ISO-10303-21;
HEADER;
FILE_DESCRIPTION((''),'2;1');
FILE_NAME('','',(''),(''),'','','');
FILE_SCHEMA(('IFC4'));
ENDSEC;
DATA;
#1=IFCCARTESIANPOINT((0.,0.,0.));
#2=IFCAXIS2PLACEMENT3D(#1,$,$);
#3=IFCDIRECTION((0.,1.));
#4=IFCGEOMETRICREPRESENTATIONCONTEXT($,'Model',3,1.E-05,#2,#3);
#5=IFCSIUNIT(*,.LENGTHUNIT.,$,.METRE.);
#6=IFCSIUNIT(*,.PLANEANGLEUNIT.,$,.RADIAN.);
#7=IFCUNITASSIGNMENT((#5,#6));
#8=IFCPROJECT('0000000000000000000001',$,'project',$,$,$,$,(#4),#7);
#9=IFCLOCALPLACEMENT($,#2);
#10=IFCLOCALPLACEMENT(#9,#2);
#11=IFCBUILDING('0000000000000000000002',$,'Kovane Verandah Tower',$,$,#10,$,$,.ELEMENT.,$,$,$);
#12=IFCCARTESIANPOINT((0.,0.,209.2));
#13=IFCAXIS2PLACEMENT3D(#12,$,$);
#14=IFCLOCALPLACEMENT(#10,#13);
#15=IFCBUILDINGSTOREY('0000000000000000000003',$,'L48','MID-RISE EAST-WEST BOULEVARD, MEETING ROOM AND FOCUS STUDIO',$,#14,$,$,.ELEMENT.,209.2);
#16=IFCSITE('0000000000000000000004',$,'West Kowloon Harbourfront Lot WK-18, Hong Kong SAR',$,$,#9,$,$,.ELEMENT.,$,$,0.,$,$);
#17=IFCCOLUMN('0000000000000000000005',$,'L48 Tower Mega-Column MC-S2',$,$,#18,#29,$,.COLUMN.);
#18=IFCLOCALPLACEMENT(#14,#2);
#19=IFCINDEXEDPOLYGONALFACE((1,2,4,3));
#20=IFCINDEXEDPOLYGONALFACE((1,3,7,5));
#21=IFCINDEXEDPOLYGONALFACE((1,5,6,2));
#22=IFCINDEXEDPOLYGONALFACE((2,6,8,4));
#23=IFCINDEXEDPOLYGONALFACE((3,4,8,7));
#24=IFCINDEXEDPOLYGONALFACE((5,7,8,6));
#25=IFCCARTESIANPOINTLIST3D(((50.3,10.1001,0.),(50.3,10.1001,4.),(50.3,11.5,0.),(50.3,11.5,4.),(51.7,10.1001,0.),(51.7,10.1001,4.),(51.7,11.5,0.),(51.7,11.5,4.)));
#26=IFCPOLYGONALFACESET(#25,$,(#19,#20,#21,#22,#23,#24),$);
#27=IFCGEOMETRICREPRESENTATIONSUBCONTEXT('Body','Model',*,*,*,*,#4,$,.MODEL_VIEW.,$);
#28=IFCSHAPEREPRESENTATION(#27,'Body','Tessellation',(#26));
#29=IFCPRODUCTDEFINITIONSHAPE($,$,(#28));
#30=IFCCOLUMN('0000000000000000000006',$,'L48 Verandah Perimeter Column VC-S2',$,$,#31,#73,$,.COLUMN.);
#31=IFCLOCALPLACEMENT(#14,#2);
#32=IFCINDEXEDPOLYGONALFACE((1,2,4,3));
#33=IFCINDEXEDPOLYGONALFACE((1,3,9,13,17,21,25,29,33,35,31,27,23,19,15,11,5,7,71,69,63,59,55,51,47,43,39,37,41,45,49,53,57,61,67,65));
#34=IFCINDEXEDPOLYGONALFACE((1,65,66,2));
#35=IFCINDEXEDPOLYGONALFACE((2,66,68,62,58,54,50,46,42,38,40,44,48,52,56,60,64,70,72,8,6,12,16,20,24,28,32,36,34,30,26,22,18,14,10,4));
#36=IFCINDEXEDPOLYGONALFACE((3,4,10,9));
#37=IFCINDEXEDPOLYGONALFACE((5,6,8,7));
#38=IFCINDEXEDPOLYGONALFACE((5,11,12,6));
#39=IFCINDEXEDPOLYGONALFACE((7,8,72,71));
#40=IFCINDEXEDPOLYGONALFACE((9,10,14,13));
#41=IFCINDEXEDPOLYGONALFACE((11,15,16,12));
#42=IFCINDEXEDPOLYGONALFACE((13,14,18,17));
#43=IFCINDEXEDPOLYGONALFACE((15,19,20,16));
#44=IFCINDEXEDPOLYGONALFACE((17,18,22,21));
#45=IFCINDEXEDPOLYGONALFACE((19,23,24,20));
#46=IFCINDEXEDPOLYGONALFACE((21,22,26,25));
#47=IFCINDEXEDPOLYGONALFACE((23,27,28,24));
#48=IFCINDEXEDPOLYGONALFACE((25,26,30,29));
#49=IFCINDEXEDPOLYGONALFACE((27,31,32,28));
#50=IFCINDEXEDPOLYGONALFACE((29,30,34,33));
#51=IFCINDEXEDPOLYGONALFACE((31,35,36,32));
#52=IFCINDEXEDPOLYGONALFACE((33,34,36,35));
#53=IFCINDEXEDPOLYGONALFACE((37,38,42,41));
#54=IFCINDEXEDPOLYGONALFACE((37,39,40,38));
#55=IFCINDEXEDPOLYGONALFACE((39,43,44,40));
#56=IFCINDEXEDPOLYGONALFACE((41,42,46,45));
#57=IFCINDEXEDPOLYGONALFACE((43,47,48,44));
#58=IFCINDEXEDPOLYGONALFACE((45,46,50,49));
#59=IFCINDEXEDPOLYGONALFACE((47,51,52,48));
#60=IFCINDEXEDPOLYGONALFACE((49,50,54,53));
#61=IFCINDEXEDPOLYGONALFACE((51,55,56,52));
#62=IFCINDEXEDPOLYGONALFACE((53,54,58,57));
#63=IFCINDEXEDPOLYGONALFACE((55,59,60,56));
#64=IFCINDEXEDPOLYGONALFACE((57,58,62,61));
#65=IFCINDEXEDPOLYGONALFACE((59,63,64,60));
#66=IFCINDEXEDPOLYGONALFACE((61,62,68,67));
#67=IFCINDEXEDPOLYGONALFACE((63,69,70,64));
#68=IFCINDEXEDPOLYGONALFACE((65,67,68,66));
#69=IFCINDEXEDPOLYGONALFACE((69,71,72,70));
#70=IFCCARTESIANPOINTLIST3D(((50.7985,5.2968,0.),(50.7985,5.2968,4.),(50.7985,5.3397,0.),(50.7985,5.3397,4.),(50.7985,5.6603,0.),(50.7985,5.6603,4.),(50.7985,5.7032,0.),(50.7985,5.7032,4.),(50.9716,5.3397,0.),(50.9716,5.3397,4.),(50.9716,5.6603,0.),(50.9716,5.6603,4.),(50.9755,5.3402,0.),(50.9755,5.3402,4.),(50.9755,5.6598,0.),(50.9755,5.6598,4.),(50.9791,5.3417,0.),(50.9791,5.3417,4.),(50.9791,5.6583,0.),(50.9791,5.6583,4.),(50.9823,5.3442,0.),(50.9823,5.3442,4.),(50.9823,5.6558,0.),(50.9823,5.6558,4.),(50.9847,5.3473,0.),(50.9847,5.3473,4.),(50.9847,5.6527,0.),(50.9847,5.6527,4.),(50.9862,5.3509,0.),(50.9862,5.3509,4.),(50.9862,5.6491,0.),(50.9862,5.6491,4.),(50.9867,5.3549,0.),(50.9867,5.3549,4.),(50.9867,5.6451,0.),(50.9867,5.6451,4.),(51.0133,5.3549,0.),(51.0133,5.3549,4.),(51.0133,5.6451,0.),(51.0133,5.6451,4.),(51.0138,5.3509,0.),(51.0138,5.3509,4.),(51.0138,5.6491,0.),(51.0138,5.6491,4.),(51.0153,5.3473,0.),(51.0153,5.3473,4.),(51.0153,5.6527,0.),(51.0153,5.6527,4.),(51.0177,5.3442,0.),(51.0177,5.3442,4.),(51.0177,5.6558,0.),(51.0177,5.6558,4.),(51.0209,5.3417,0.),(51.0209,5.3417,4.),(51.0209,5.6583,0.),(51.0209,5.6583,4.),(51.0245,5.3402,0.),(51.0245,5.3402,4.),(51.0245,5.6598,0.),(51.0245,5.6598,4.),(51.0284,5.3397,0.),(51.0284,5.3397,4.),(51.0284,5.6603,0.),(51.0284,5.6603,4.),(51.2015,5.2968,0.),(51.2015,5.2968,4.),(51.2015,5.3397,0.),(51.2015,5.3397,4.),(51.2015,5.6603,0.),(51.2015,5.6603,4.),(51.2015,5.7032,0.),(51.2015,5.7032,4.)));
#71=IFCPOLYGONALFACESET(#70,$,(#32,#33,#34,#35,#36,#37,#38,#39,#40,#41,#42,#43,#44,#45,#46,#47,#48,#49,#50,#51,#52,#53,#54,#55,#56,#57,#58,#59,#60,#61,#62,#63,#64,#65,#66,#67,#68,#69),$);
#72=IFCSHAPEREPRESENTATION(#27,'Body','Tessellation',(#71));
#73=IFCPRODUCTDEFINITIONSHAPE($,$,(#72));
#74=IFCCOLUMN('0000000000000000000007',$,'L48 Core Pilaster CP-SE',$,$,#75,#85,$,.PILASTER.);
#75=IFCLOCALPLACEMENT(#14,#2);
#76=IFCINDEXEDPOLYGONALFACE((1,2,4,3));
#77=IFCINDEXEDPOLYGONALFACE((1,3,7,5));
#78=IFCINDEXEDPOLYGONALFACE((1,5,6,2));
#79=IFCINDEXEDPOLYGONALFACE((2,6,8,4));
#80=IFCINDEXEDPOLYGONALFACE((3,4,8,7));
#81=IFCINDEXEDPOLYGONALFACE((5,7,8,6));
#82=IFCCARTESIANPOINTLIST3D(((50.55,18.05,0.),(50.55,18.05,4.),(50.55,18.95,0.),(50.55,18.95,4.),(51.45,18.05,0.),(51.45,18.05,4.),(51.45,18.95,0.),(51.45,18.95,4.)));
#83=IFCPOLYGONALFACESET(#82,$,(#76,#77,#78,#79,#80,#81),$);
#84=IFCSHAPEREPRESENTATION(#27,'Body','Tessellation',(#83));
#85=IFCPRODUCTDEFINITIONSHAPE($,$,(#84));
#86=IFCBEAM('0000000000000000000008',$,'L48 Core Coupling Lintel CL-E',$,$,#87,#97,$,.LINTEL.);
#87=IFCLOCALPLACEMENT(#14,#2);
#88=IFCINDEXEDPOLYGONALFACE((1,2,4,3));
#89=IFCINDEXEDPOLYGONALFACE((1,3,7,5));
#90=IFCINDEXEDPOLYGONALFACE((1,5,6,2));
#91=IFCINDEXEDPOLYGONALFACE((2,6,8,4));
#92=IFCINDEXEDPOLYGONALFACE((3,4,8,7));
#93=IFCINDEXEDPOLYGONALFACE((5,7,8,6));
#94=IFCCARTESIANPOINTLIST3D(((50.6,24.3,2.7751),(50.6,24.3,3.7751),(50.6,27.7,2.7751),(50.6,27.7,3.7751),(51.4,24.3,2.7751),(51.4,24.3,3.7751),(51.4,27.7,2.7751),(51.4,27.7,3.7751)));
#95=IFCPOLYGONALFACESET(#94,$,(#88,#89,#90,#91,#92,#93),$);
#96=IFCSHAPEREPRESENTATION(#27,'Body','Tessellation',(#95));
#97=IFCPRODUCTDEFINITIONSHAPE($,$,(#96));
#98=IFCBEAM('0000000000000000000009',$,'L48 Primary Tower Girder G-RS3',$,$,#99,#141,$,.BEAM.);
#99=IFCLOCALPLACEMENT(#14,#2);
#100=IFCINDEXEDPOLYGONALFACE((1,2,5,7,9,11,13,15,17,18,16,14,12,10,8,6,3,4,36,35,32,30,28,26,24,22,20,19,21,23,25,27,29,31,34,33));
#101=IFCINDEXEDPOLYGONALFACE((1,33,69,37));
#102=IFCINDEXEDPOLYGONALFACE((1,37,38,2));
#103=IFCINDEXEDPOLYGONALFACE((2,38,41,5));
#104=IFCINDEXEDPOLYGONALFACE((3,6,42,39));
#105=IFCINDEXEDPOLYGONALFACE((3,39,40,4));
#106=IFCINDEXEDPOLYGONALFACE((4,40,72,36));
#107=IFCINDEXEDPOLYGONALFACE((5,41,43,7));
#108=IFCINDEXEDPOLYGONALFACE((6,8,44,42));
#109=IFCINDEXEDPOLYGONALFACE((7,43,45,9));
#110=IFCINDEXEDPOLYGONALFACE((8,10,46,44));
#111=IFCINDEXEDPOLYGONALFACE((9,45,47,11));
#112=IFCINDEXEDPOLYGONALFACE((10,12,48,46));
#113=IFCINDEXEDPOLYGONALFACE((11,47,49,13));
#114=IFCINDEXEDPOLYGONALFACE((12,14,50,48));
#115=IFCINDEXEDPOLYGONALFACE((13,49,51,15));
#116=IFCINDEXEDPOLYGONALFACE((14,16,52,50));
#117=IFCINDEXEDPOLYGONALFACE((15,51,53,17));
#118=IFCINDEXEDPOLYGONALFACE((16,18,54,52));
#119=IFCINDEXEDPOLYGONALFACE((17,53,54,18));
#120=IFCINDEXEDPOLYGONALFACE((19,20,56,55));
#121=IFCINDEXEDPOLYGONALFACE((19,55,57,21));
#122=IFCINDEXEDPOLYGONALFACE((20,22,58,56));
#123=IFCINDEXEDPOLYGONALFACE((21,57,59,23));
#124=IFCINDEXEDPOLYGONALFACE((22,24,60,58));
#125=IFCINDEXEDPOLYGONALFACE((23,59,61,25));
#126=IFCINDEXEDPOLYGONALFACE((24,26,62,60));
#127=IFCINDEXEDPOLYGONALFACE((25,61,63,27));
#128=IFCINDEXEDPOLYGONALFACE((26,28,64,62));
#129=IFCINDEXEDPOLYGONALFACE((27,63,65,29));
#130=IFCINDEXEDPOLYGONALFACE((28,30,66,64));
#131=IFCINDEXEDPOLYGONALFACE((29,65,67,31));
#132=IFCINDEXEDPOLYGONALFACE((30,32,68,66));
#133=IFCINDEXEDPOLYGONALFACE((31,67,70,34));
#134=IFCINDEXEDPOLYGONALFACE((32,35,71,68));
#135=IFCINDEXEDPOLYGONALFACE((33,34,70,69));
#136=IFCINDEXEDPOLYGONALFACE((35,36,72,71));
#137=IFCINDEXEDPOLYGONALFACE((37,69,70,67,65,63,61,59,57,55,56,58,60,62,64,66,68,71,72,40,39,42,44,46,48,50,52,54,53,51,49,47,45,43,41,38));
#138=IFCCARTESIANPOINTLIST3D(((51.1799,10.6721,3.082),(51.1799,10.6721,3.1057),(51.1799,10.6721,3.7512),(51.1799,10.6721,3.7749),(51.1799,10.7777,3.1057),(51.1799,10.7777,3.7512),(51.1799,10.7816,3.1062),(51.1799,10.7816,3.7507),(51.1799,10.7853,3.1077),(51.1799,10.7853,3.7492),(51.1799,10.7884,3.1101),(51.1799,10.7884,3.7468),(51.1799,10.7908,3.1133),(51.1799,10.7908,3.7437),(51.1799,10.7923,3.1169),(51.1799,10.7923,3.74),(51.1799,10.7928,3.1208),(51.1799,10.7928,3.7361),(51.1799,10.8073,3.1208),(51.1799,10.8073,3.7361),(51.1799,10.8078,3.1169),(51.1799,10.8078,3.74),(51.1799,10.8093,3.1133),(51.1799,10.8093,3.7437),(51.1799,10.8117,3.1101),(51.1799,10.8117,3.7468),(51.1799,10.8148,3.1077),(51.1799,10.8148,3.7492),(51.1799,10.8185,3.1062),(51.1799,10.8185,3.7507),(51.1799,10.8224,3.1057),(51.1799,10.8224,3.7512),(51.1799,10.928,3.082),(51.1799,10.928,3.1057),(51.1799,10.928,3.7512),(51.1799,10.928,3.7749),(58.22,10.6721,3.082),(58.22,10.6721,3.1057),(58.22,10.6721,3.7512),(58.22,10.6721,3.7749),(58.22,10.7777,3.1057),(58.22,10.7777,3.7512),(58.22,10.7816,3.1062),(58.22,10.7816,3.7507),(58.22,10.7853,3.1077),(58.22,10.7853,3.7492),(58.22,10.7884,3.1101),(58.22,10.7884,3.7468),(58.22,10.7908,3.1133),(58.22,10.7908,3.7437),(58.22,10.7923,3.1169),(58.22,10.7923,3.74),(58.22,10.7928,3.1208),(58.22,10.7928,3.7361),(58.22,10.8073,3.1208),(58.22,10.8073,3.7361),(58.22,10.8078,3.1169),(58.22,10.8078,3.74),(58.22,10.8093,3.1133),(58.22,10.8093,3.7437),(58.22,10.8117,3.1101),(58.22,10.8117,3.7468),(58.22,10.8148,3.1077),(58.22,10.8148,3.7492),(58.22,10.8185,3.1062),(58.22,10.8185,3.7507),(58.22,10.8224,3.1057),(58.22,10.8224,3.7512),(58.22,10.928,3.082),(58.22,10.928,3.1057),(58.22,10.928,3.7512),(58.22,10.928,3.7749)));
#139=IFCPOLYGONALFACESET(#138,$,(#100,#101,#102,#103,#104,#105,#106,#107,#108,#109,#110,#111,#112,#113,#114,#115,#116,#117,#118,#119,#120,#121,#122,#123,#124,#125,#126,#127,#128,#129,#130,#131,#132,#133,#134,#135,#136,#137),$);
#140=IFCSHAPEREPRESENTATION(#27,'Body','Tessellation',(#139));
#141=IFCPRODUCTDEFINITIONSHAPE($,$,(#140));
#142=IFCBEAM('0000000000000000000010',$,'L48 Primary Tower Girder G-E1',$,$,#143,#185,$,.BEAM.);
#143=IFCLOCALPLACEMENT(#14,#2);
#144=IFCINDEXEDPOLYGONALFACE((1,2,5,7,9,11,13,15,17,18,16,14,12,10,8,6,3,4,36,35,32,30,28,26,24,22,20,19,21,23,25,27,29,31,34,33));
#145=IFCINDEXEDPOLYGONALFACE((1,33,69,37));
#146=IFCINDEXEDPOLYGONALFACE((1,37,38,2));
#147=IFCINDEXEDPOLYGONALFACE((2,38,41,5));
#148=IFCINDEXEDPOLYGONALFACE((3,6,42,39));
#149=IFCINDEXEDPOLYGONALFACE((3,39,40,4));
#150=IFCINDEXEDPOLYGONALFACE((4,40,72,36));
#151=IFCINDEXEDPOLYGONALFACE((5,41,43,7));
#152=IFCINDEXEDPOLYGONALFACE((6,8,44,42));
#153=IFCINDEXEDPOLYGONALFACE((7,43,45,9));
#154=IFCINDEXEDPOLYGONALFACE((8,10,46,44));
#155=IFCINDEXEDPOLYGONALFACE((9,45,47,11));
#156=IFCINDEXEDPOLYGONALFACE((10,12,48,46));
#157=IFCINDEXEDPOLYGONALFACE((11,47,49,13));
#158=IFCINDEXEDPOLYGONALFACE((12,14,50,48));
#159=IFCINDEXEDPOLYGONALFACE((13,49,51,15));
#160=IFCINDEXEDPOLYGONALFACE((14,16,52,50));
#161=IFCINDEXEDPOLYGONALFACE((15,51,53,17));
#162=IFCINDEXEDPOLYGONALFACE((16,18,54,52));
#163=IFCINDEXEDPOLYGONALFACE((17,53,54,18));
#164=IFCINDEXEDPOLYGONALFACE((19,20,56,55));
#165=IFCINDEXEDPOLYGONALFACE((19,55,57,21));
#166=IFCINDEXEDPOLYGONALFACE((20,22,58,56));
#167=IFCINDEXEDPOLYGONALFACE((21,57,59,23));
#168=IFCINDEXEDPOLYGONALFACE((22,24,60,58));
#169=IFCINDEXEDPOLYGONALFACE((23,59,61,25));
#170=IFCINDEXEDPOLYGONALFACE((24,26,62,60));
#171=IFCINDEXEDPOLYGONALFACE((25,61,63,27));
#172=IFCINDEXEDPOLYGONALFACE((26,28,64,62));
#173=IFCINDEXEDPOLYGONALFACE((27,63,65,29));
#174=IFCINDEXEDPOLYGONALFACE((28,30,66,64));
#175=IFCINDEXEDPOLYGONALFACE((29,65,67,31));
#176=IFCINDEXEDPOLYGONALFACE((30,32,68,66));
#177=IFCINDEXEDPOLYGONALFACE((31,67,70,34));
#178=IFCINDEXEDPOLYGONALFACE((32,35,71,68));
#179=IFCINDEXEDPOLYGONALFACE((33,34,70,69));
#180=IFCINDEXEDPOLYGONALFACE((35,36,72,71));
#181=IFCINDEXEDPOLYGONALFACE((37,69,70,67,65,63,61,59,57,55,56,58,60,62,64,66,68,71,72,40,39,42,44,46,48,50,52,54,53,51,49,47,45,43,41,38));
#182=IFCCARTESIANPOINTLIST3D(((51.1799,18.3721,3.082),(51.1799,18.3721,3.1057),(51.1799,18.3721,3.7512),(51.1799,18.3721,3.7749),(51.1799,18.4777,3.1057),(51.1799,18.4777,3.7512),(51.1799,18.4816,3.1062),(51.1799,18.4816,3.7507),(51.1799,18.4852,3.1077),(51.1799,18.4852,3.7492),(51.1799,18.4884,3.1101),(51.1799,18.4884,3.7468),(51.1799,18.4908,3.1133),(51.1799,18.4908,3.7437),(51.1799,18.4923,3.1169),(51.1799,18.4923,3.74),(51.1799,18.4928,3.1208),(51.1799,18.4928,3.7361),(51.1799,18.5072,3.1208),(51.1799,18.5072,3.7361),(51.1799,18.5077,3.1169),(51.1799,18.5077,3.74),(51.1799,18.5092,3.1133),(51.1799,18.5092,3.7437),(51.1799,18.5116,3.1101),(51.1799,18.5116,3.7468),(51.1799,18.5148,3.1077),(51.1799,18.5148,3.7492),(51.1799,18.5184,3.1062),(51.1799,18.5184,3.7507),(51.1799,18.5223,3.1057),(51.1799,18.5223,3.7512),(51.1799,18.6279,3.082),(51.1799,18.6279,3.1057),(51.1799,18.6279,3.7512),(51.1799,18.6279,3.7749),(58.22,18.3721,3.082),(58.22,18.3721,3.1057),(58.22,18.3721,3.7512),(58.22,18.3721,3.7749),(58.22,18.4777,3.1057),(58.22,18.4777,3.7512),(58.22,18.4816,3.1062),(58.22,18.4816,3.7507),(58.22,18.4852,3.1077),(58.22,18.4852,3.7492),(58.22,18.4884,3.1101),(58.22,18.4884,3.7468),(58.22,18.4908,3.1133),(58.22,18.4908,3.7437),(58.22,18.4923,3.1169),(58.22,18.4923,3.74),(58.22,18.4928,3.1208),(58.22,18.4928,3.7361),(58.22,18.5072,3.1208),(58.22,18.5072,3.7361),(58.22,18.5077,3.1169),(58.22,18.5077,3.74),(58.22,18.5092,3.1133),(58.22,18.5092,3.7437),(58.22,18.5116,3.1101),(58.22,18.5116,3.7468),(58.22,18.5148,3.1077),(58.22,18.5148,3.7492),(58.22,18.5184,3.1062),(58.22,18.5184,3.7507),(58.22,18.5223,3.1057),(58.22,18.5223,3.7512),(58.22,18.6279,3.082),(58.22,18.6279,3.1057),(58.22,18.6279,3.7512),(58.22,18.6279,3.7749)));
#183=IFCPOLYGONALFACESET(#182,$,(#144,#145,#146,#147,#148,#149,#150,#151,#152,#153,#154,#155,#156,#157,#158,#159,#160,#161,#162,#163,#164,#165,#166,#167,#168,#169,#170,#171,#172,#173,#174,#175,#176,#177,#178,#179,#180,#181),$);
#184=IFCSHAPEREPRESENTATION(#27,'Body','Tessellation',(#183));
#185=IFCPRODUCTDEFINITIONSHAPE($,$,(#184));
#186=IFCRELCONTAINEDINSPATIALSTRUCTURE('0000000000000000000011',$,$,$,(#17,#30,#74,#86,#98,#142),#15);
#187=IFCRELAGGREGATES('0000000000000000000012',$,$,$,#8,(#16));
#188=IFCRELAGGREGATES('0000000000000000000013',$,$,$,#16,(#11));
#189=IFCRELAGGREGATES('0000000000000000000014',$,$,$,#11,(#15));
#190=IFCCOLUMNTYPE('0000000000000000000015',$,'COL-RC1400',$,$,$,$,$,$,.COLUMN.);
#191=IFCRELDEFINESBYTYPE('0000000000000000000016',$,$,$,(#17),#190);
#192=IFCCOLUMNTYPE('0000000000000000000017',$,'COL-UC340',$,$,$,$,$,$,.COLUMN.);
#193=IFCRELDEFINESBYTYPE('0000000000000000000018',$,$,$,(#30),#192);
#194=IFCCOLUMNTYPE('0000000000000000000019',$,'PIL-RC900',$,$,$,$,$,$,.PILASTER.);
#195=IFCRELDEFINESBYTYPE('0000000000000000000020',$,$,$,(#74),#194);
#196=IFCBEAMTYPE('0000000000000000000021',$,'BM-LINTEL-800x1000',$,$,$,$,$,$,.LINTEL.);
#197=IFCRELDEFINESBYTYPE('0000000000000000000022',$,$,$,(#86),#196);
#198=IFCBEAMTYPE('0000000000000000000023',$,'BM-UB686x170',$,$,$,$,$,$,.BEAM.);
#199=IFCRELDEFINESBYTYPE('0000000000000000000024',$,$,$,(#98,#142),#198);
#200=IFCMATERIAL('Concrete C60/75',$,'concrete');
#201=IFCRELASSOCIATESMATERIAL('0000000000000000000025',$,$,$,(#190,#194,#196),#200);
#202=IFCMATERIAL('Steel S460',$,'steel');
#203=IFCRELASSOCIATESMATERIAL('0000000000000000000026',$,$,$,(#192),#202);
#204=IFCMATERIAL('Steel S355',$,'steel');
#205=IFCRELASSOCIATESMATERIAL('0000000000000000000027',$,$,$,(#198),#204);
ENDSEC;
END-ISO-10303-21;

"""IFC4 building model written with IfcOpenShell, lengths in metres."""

from ifc_helpers import new_model, si_unit, direction, frame, origin, origin_2d, place, context, subcontext, project, spatial, rectangle, i_section, extrude, material, material_profile, profile_set, type_object, element, save


model = new_model("IFC4")

# Units and contexts
model_context = context("Model", 3, precision=1e-05, world=origin(), true_north=direction((0.0, 1.0)))
body_context = subcontext(model_context, "Body", "Model", "MODEL_VIEW")
ifc_project = project(units=[si_unit("LENGTHUNIT", "METRE"), si_unit("PLANEANGLEUNIT", "RADIAN")], contexts=[model_context])

# Site, building, storey
site_placement = place(None, origin())
site = spatial("IfcSite", under=ifc_project, at=site_placement, Name="West Kowloon Harbourfront Lot WK-18, Hong Kong SAR", CompositionType="ELEMENT", RefElevation=0.0)
building_placement = place(site_placement, origin())
building = spatial("IfcBuilding", under=site, at=building_placement, Name="Kovane Verandah Tower", CompositionType="ELEMENT")
storey_placement = place(building_placement, frame((0.0, 0.0, 209.2)))
storey = spatial("IfcBuildingStorey", under=building, at=storey_placement, Name="L48", Description="MID-RISE EAST-WEST BOULEVARD, MEETING ROOM AND FOCUS STUDIO", CompositionType="ELEMENT", Elevation=209.2)

# Columns
ifc_material_1 = material(Name="Concrete C60/75", Category="concrete")
ifc_material_profile_1 = material_profile(ifc_material_1, rectangle(XDim=1.3999, YDim=1.3999, at=origin_2d()), Name="RC1400x1400")
ifc_profile_set_1 = profile_set([ifc_material_profile_1], Name="Concrete C60/75")
column_type_1 = type_object("IfcColumnType", Name="COL-RC1400", PredefinedType="COLUMN", material=ifc_profile_set_1)
column_1_placement = place(storey_placement, frame((51.0, 10.8, 0.0), z_axis=(0.0, 0.0, 1.0), x_axis=(1.0, 0.0, 0.0)))
element("IfcColumn", 1, at=column_1_placement, inside=storey, type_object=column_type_1, Name="L48 Tower Mega-Column MC-S2", PredefinedType="COLUMN", context=body_context, shape_type="SweptSolid", body=[
    extrude(rectangle(XDim=1.3999, YDim=1.3999, at=origin_2d()), origin(), (0.0, 0.0, 1.0), 4.0),
])
ifc_material_2 = material(Name="Steel S460", Category="steel")
ifc_material_profile_2 = material_profile(ifc_material_2, i_section(OverallWidth=0.4031, OverallDepth=0.4065, WebThickness=0.0266, FlangeThickness=0.043, FilletRadius=0.0151, at=origin_2d()), Name="UC356x406x340")
ifc_profile_set_2 = profile_set([ifc_material_profile_2], Name="Steel S460")
column_type_2 = type_object("IfcColumnType", Name="COL-UC340", PredefinedType="COLUMN", material=ifc_profile_set_2)
column_2_placement = place(storey_placement, frame((51.0, 5.5, 0.0), z_axis=(0.0, 0.0, 1.0), x_axis=(1.0, 0.0, 0.0)))
element("IfcColumn", 2, at=column_2_placement, inside=storey, type_object=column_type_2, Name="L48 Verandah Perimeter Column VC-S2", PredefinedType="COLUMN", context=body_context, shape_type="SweptSolid", body=[
    extrude(i_section(OverallWidth=0.4031, OverallDepth=0.4065, WebThickness=0.0266, FlangeThickness=0.043, FilletRadius=0.0151, at=origin_2d()), origin(), (0.0, 0.0, 1.0), 4.0),
])
ifc_material_profile_3 = material_profile(ifc_material_1, rectangle(XDim=0.8999, YDim=0.8999, at=origin_2d()), Name="RC900x900")
ifc_profile_set_3 = profile_set([ifc_material_profile_3], Name="Concrete C60/75")
column_type_3 = type_object("IfcColumnType", Name="PIL-RC900", PredefinedType="PILASTER", material=ifc_profile_set_3)
column_3_placement = place(storey_placement, frame((51.0, 18.5, 0.0), z_axis=(0.0, 0.0, 1.0), x_axis=(1.0, 0.0, 0.0)))
element("IfcColumn", 3, at=column_3_placement, inside=storey, type_object=column_type_3, Name="L48 Core Pilaster CP-SE", PredefinedType="PILASTER", context=body_context, shape_type="SweptSolid", body=[
    extrude(rectangle(XDim=0.8999, YDim=0.8999, at=origin_2d()), origin(), (0.0, 0.0, 1.0), 4.0),
])

# Beams
ifc_material_profile_4 = material_profile(ifc_material_1, rectangle(XDim=0.8, YDim=1.0, at=origin_2d()), Name="RCB800x1000")
ifc_profile_set_4 = profile_set([ifc_material_profile_4], Name="Concrete C60/75")
beam_type_1 = type_object("IfcBeamType", Name="BM-LINTEL-800x1000", PredefinedType="LINTEL", material=ifc_profile_set_4)
beam_1_placement = place(storey_placement, frame((51.0, 24.3, 3.2751), z_axis=(0.0, 1.0, 0.0), x_axis=(-1.0, 0.0, 0.0)))
element("IfcBeam", 4, at=beam_1_placement, inside=storey, type_object=beam_type_1, Name="L48 Core Coupling Lintel CL-E", PredefinedType="LINTEL", context=body_context, shape_type="SweptSolid", body=[
    extrude(rectangle(XDim=0.8, YDim=1.0, at=origin_2d()), origin(), (0.0, 0.0, 1.0), 3.3999),
])
ifc_material_3 = material(Name="Steel S355", Category="steel")
ifc_material_profile_5 = material_profile(ifc_material_3, i_section(OverallWidth=0.2559, OverallDepth=0.6929, WebThickness=0.0144, FlangeThickness=0.0237, FilletRadius=0.0151, at=origin_2d()), Name="UB686x254x170")
ifc_profile_set_5 = profile_set([ifc_material_profile_5], Name="Steel S355")
beam_type_2 = type_object("IfcBeamType", Name="BM-UB686x170", PredefinedType="BEAM", material=ifc_profile_set_5)
for number, where, z_axis, x_axis, name in (
    (5, (51.1799, 10.8, 3.4285), (1.0, 0.0, 0.0), (0.0, 1.0, 0.0), "L48 Primary Tower Girder G-RS3"),
    (6, (51.1799, 18.5, 3.4285), (1.0, 0.0, 0.0), (0.0, 1.0, 0.0), "L48 Primary Tower Girder G-E1"),
):
    element("IfcBeam", number, at=place(storey_placement, frame(where, z_axis=z_axis, x_axis=x_axis)), inside=storey, type_object=beam_type_2, Name=name, PredefinedType="BEAM", context=body_context, shape_type="SweptSolid", body=[
        extrude(i_section(OverallWidth=0.2559, OverallDepth=0.6929, WebThickness=0.0144, FlangeThickness=0.0237, FilletRadius=0.0151, at=origin_2d()), origin(), (0.0, 0.0, 1.0), 7.04),
    ])

save(model, "model.ifc")
